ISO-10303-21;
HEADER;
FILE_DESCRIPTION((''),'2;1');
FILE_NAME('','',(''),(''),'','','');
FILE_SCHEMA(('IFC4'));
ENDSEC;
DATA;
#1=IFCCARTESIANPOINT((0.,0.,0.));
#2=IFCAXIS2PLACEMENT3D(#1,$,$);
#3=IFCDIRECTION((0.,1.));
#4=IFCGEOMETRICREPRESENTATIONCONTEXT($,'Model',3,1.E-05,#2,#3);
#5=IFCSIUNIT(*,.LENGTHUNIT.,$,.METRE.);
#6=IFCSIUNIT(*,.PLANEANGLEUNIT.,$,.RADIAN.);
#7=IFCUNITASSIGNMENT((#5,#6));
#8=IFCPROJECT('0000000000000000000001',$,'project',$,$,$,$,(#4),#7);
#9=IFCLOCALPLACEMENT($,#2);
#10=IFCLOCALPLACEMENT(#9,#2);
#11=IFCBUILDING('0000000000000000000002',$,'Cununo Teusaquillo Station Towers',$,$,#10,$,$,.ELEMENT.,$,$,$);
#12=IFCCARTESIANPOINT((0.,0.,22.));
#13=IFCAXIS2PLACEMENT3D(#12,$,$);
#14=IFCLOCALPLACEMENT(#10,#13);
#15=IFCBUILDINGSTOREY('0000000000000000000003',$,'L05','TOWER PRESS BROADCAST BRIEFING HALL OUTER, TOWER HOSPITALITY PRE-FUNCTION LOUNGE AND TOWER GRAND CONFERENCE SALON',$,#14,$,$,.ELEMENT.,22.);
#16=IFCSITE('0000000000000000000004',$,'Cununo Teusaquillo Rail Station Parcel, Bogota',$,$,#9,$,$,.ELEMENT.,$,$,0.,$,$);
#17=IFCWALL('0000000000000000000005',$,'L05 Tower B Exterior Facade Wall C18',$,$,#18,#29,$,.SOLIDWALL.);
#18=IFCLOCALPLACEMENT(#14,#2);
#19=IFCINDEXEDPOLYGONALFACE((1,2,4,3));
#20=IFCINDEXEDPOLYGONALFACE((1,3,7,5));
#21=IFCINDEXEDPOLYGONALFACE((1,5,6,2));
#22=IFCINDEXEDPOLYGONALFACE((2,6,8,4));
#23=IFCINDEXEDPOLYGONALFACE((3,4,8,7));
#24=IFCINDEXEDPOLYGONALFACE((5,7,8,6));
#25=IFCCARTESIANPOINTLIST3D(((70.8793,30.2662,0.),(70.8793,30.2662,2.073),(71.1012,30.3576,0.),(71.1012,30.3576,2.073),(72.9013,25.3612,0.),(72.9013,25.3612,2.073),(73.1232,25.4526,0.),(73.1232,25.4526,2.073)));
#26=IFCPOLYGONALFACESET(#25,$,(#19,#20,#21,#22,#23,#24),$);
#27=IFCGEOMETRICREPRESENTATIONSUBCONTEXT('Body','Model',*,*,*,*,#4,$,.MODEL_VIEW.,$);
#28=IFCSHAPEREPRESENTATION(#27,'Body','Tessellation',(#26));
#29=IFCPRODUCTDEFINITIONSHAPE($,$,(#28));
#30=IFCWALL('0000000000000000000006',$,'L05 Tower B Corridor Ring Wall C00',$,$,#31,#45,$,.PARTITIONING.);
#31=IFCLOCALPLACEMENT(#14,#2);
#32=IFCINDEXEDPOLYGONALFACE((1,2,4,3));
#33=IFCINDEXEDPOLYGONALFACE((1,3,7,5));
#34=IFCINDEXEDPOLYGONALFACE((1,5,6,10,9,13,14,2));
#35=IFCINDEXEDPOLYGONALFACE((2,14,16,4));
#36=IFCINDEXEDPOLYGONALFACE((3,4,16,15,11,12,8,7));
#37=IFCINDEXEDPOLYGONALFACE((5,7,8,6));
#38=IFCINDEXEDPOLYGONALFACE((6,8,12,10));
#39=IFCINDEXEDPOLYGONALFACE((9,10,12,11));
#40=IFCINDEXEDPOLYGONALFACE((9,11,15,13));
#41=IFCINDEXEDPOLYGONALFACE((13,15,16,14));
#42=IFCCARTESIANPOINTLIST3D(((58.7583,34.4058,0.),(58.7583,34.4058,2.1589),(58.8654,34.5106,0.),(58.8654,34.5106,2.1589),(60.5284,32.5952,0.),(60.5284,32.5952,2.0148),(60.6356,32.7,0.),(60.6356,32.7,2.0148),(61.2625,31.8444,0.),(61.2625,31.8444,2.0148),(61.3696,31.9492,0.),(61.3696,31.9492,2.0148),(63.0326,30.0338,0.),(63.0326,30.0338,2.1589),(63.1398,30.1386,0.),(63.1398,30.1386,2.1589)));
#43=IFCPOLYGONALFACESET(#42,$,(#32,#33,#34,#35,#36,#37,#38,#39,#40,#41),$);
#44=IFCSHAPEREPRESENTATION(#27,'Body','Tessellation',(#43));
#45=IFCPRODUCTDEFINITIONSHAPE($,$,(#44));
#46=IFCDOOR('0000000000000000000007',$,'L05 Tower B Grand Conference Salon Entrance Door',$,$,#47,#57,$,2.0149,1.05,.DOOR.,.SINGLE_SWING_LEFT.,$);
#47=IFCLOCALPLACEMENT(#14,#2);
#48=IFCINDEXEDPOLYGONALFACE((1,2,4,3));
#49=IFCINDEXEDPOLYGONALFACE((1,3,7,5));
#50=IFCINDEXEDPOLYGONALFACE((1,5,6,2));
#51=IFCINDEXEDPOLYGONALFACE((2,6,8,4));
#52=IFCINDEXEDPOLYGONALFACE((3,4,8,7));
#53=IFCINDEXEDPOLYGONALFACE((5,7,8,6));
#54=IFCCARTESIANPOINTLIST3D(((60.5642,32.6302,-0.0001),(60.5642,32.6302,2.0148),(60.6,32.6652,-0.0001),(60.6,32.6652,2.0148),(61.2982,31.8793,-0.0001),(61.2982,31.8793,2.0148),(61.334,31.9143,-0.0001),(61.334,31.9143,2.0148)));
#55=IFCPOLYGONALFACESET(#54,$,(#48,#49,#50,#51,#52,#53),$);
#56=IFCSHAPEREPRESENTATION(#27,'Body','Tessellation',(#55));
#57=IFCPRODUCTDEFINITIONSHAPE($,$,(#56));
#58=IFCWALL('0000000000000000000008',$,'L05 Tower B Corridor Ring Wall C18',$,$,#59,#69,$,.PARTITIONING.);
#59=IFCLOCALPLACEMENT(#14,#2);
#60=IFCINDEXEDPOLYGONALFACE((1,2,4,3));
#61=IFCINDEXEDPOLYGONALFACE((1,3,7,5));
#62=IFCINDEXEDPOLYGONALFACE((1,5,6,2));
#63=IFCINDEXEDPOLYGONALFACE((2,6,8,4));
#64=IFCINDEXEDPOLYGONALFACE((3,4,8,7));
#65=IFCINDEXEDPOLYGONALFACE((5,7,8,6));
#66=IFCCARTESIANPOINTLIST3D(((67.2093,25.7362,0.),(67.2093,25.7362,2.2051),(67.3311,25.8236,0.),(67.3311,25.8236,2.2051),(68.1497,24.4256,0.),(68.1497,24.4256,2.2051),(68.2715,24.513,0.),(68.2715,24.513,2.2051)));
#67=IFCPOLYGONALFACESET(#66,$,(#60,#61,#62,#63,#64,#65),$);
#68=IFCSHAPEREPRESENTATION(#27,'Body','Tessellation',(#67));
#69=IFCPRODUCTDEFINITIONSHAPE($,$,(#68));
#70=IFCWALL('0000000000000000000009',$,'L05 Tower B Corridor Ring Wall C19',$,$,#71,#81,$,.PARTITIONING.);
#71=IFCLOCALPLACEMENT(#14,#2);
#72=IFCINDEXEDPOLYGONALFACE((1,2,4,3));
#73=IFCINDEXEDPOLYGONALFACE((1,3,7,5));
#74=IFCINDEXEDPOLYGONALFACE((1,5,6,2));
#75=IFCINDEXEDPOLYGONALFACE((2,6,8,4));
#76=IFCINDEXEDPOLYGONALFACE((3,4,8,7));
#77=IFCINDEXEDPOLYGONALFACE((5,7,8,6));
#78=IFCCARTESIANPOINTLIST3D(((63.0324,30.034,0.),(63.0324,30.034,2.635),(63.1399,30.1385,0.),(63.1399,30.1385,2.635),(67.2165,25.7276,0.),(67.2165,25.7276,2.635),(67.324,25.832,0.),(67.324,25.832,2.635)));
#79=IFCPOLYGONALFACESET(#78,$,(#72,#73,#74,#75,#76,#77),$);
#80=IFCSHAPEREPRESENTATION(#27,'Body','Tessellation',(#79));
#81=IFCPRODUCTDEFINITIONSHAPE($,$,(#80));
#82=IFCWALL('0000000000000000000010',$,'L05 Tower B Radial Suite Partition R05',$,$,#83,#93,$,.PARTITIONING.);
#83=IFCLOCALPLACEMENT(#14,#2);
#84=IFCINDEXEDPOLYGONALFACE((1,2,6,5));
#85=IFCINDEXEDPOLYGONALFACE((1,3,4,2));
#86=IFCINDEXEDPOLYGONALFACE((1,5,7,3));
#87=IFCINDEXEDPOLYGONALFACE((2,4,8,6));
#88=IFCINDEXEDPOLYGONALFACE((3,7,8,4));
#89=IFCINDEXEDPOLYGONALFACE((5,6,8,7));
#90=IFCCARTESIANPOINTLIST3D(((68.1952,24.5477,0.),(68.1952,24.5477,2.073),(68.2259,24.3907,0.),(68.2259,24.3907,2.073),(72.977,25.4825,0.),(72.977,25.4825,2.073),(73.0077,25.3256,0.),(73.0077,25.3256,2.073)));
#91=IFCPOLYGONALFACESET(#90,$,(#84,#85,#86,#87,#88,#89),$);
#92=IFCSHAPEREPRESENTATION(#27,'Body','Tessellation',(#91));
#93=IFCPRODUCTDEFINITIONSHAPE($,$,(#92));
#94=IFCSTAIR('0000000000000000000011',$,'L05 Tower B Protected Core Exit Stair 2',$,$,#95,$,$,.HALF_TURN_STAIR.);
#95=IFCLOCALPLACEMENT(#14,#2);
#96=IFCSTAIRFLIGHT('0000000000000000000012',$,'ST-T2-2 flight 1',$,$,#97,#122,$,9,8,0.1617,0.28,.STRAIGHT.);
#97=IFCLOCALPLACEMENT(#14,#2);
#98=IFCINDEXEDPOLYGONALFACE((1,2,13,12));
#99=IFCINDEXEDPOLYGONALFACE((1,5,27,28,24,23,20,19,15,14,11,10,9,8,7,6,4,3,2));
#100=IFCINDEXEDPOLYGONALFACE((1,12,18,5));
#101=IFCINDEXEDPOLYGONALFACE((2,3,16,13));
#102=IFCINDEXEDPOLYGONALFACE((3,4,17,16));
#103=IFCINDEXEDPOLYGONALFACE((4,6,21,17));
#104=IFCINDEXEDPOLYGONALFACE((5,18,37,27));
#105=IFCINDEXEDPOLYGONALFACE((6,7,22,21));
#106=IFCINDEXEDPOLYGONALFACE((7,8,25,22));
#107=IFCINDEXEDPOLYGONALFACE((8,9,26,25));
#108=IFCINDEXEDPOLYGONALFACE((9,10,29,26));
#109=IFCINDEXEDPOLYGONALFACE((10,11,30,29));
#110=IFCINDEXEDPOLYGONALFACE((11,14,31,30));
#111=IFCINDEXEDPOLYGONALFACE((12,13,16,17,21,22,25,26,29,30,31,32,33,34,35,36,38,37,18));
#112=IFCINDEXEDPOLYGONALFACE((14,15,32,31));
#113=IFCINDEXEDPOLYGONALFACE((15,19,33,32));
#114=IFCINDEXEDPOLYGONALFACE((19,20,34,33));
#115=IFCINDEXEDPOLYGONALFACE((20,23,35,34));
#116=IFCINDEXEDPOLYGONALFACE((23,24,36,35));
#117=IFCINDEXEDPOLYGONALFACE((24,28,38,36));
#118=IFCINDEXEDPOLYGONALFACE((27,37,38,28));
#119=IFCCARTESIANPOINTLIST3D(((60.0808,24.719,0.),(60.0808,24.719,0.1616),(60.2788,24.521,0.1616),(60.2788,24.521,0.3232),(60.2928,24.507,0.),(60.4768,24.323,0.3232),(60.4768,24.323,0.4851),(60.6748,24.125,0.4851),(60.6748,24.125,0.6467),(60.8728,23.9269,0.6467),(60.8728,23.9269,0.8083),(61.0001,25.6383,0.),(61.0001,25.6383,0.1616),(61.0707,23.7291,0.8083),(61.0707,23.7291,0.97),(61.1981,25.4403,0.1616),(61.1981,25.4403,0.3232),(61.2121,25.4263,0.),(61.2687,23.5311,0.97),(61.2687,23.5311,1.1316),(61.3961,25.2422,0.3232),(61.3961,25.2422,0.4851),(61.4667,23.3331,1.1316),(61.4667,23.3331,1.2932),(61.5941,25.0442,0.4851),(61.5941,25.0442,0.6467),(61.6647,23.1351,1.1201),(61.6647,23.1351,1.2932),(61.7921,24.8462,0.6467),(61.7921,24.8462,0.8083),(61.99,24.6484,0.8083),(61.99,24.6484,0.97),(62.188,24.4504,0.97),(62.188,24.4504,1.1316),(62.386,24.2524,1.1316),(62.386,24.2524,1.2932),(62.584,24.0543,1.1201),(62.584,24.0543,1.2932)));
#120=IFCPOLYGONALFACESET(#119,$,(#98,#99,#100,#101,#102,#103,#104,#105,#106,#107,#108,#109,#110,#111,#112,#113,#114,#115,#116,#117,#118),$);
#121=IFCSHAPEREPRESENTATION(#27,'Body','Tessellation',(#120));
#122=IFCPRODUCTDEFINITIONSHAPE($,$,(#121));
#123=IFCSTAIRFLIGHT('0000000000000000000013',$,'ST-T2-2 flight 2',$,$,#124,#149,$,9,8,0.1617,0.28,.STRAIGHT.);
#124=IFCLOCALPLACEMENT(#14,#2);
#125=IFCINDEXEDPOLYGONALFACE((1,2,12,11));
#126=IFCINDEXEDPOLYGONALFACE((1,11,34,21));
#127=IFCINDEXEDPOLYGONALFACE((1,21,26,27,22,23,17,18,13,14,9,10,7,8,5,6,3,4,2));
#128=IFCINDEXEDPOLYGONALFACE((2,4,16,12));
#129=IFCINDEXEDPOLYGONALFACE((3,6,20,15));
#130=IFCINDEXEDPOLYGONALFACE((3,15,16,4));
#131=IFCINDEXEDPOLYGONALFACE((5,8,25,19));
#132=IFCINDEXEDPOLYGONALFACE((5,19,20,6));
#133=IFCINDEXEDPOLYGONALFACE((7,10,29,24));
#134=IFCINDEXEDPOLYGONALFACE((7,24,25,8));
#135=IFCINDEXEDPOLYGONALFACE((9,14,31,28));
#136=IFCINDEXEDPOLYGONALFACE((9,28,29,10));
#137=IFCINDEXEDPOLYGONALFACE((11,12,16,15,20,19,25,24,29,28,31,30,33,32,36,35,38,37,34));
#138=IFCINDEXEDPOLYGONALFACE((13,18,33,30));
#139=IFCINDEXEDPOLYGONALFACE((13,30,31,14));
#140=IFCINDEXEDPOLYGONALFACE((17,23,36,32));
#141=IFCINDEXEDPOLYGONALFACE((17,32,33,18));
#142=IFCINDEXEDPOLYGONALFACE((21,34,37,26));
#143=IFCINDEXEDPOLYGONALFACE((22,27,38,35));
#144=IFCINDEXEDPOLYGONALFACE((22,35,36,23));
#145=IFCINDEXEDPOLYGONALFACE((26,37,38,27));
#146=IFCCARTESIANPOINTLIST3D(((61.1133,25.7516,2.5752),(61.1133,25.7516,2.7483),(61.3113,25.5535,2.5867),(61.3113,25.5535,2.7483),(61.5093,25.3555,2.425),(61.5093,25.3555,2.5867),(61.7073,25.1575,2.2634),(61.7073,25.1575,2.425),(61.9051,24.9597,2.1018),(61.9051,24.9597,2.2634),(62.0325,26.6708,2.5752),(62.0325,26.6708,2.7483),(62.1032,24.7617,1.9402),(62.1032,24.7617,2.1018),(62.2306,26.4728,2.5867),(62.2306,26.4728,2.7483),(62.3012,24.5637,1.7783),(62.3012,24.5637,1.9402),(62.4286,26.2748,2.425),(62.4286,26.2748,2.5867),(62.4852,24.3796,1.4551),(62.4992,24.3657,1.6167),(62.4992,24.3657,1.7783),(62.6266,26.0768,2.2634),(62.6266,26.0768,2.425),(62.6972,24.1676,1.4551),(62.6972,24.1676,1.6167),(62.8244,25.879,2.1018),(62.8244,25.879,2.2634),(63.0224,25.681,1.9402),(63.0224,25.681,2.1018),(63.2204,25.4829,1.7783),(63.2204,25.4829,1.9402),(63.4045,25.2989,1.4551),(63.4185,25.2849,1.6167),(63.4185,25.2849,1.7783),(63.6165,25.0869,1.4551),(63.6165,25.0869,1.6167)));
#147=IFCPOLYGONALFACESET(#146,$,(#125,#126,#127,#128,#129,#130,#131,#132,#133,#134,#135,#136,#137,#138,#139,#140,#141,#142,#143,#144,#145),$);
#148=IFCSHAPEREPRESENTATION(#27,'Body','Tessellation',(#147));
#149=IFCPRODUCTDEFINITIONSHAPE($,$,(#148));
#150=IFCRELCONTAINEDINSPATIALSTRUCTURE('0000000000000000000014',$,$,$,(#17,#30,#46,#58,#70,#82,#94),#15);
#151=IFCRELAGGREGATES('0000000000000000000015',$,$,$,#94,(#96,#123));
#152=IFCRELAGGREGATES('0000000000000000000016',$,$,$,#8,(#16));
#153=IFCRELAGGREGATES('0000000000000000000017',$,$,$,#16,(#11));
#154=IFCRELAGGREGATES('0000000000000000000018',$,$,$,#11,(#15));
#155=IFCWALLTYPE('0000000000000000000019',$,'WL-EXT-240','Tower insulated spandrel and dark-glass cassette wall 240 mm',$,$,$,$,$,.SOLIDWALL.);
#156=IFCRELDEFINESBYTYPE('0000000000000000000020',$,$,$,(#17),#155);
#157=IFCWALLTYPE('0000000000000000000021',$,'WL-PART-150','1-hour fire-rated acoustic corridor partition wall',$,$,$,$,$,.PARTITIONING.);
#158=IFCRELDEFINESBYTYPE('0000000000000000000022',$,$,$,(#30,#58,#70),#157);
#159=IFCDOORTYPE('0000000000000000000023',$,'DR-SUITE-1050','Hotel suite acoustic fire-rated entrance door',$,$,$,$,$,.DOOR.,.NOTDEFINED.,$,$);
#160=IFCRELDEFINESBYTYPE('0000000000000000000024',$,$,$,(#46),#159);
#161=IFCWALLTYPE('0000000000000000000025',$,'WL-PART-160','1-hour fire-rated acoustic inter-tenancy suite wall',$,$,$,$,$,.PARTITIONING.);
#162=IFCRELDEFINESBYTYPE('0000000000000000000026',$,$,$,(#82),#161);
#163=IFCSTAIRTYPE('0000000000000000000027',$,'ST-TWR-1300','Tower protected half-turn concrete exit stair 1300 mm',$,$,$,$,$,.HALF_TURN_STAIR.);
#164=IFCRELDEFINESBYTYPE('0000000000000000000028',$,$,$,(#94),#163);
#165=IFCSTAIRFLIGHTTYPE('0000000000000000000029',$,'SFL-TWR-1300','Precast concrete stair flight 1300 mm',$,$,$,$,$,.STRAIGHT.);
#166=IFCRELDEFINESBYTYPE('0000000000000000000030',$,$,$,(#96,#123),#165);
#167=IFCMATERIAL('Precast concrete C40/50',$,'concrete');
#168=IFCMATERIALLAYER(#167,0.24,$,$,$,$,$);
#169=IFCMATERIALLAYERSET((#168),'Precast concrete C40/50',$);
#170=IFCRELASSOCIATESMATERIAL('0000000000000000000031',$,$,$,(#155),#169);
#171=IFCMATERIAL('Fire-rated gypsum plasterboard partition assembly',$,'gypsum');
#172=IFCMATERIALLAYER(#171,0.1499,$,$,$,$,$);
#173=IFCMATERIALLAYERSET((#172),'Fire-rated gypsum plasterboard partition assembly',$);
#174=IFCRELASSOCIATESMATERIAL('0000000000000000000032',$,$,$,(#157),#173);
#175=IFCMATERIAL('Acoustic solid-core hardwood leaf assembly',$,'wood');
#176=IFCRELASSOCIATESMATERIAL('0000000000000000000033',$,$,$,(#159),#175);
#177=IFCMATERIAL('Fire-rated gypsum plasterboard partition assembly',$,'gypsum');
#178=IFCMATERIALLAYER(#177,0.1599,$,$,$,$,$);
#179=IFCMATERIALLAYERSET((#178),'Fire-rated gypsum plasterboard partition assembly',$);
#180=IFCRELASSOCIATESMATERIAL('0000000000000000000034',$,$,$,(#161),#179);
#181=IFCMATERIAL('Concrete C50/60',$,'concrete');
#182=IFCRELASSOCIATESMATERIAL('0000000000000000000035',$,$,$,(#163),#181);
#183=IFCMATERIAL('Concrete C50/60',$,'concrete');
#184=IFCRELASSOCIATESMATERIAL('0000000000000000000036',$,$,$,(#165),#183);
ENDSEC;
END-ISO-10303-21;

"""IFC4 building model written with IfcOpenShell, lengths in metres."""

from ifc_helpers import new_model, si_unit, direction, frame, frame_2d, origin, place, context, subcontext, project, spatial, polyline, rectangle, outline, extrude, source, transform, mapped, material, layer, layer_set, type_object, element, fill, aggregate, save


model = new_model("IFC4")

# Units and contexts
model_context = context("Model", 3, precision=1e-05, world=origin(), true_north=direction((0.0, 1.0)))
body_context = subcontext(model_context, "Body", "Model", "MODEL_VIEW")
ifc_project = project(units=[si_unit("LENGTHUNIT", "METRE"), si_unit("PLANEANGLEUNIT", "RADIAN")], contexts=[model_context])

# Site, building, storey
site_placement = place(None, origin())
site = spatial("IfcSite", under=ifc_project, at=site_placement, Name="Cununo Teusaquillo Rail Station Parcel, Bogota", CompositionType="ELEMENT", RefElevation=0.0)
building_placement = place(site_placement, origin())
building = spatial("IfcBuilding", under=site, at=building_placement, Name="Cununo Teusaquillo Station Towers", CompositionType="ELEMENT")
storey_placement = place(building_placement, frame((0.0, 0.0, 22.0)))
storey = spatial("IfcBuildingStorey", under=building, at=storey_placement, Name="L05", Description="TOWER PRESS BROADCAST BRIEFING HALL OUTER, TOWER HOSPITALITY PRE-FUNCTION LOUNGE AND TOWER GRAND CONFERENCE SALON", CompositionType="ELEMENT", Elevation=22.0)

# Shared definitions
ifc_material_1 = material(Name="Precast concrete C40/50", Category="concrete")
ifc_layer_1 = layer(ifc_material_1, 0.24)
ifc_layer_set_1 = layer_set([ifc_layer_1], Name="Precast concrete C40/50")
wall_type_1 = type_object("IfcWallType", Name="WL-EXT-240", Description="Tower insulated spandrel and dark-glass cassette wall 240 mm", PredefinedType="SOLIDWALL", material=ifc_layer_set_1)

# Wall
wall_1_placement = place(storey_placement, frame((70.9902, 30.312, 0.0), z_axis=(0.0, 0.0, 1.0), x_axis=(0.381113, -0.924528, 0.0)))
element("IfcWall", 1, at=wall_1_placement, inside=storey, type_object=wall_type_1, Name="L05 Tower B Exterior Facade Wall C18", PredefinedType="SOLIDWALL", context=body_context, shape_type="SweptSolid", body=[
    extrude(rectangle(XDim=5.3054, YDim=0.24, at=frame_2d((2.6528, 0.0))), origin(), (0.0, 0.0, 1.0), 2.073),
])

# Wall, opening, door
ifc_material_2 = material(Name="Fire-rated gypsum plasterboard partition assembly", Category="gypsum")
ifc_layer_2 = layer(ifc_material_2, 0.1499)
ifc_layer_set_2 = layer_set([ifc_layer_2], Name="Fire-rated gypsum plasterboard partition assembly")
wall_type_2 = type_object("IfcWallType", Name="WL-PART-150", Description="1-hour fire-rated acoustic corridor partition wall", PredefinedType="PARTITIONING", material=ifc_layer_set_2)
wall_2_placement = place(storey_placement, frame((63.0862, 30.0862, 0.0), z_axis=(0.0, 0.0, 1.0), x_axis=(-0.699076, 0.715047, 0.0)))
wall_2 = element("IfcWall", 2, at=wall_2_placement, inside=storey, type_object=wall_type_2, Name="L05 Tower B Corridor Ring Wall C00", PredefinedType="PARTITIONING", context=body_context, shape_type="SweptSolid", body=[
    extrude(rectangle(XDim=6.1143, YDim=0.1499, at=frame_2d((3.0571, 0.0))), origin(), (0.0, 0.0, 1.0), 2.1589),
])
shared_shape_1 = source(origin(), body_context, "Body", "SweptSolid", [
    extrude(rectangle(XDim=1.05, YDim=2.0149, at=frame_2d((0.5249, 1.0073))), frame((0.0, 0.085, 0.0), z_axis=(0.0, -1.0, 0.0), x_axis=(1.0, 0.0, 0.0)), (0.0, 0.0, 1.0), 0.1699),
])
opening_1_placement = place(wall_2_placement, frame((2.5322, 0.0, 0.0)))
opening_1 = element("IfcOpeningElement", 3, at=opening_1_placement, cuts=wall_2, PredefinedType="OPENING", context=body_context, shape_type="MappedRepresentation", body=[
    mapped(shared_shape_1, transform((0.0, 0.0, 0.0), x_axis=(1.0, 0.0, 0.0), y_axis=(0.0, 1.0, 0.0), z_axis=(0.0, 0.0, 1.0), scale=1.0)),
])
ifc_material_3 = material(Name="Acoustic solid-core hardwood leaf assembly", Category="wood")
door_type = type_object("IfcDoorType", Name="DR-SUITE-1050", Description="Hotel suite acoustic fire-rated entrance door", OperationType="NOTDEFINED", PredefinedType="DOOR", material=ifc_material_3)
shared_shape_2 = source(origin(), body_context, "Body", "SweptSolid", [
    extrude(rectangle(XDim=1.05, YDim=2.0149, at=frame_2d((0.5249, 1.0073))), frame((0.0, 0.0249, 0.0), z_axis=(0.0, -1.0, 0.0), x_axis=(1.0, 0.0, 0.0)), (0.0, 0.0, 1.0), 0.05),
])
door_placement = place(opening_1_placement, origin())
door = element("IfcDoor", 4, at=door_placement, inside=storey, type_object=door_type, Name="L05 Tower B Grand Conference Salon Entrance Door", OperationType="SINGLE_SWING_LEFT", OverallHeight=2.0149, OverallWidth=1.05, PredefinedType="DOOR", context=body_context, shape_type="MappedRepresentation", body=[
    mapped(shared_shape_2, transform((0.0, 0.0, 0.0), x_axis=(1.0, 0.0, 0.0), y_axis=(0.0, 1.0, 0.0), z_axis=(0.0, 0.0, 1.0), scale=1.0)),
])
fill(opening_1, door)

# Walls
wall_3_placement = place(storey_placement, frame((68.2107, 24.4692, 0.0), z_axis=(0.0, 0.0, 1.0), x_axis=(-0.583012, 0.812463, 0.0)))
element("IfcWall", 5, at=wall_3_placement, inside=storey, type_object=wall_type_2, Name="L05 Tower B Corridor Ring Wall C18", PredefinedType="PARTITIONING", context=body_context, shape_type="SweptSolid", body=[
    extrude(rectangle(XDim=1.613, YDim=0.1499, at=frame_2d((0.8066, 0.0))), origin(), (0.0, 0.0, 1.0), 2.2051),
])
wall_4_placement = place(storey_placement, frame((67.2703, 25.7798, 0.0), z_axis=(0.0, 0.0, 1.0), x_axis=(-0.696848, 0.717219, 0.0)))
element("IfcWall", 6, at=wall_4_placement, inside=storey, type_object=wall_type_2, Name="L05 Tower B Corridor Ring Wall C19", PredefinedType="PARTITIONING", context=body_context, shape_type="SweptSolid", body=[
    extrude(rectangle(XDim=6.0044, YDim=0.1499, at=frame_2d((3.0022, 0.0))), origin(), (0.0, 0.0, 1.0), 2.635),
])
ifc_material_4 = material(Name="Fire-rated gypsum plasterboard partition assembly", Category="gypsum")
ifc_layer_3 = layer(ifc_material_4, 0.1599)
ifc_layer_set_3 = layer_set([ifc_layer_3], Name="Fire-rated gypsum plasterboard partition assembly")
wall_type_3 = type_object("IfcWallType", Name="WL-PART-160", Description="1-hour fire-rated acoustic inter-tenancy suite wall", PredefinedType="PARTITIONING", material=ifc_layer_set_3)
wall_5_placement = place(storey_placement, frame((68.2107, 24.4692, 0.0), z_axis=(0.0, 0.0, 1.0), x_axis=(0.981421, 0.191865, 0.0)))
element("IfcWall", 7, at=wall_5_placement, inside=storey, type_object=wall_type_3, Name="L05 Tower B Radial Suite Partition R05", PredefinedType="PARTITIONING", context=body_context, shape_type="SweptSolid", body=[
    extrude(rectangle(XDim=4.8723, YDim=0.1599, at=frame_2d((2.436, 0.0))), origin(), (0.0, 0.0, 1.0), 2.073),
])

# Stair, stair flights
ifc_material_5 = material(Name="Concrete C50/60", Category="concrete")
stair_type = type_object("IfcStairType", Name="ST-TWR-1300", Description="Tower protected half-turn concrete exit stair 1300 mm", PredefinedType="HALF_TURN_STAIR", material=ifc_material_5)
stair_placement = place(storey_placement, origin())
stair = element("IfcStair", 8, at=stair_placement, inside=storey, type_object=stair_type, Name="L05 Tower B Protected Core Exit Stair 2", PredefinedType="HALF_TURN_STAIR")
ifc_material_6 = material(Name="Concrete C50/60", Category="concrete")
stair_flight_type = type_object("IfcStairFlightType", Name="SFL-TWR-1300", Description="Precast concrete stair flight 1300 mm", PredefinedType="STRAIGHT", material=ifc_material_6)
stair_flight_1_placement = place(storey_placement, frame((60.5405, 25.1787, 0.0), z_axis=(0.0, 0.0, 1.0), x_axis=(0.707107, -0.707107, 0.0)))
stair_flight_1 = element("IfcStairFlight", 9, at=stair_flight_1_placement, type_object=stair_flight_type, Name="ST-T2-2 flight 1", NumberOfRisers=9, NumberOfTreads=8, PredefinedType="STRAIGHT", RiserHeight=0.1617, TreadLength=0.28, context=body_context, shape_type="SweptSolid", body=[
    extrude(outline(polyline([(0.0, 0.0), (0.0, 0.1616), (0.28, 0.1616), (0.28, 0.3232), (0.5601, 0.3232), (0.5601, 0.4851), (0.8401, 0.4851), (0.8401, 0.6467), (1.1201, 0.6467), (1.1201, 0.8083), (1.3999, 0.8083), (1.3999, 0.97), (1.6799, 0.97), (1.6799, 1.1316), (1.96, 1.1316), (1.96, 1.2932), (2.24, 1.2932), (2.24, 1.4551), (2.24, 1.1201), (0.2998, 0.0), (0.0, 0.0)])), frame((0.0, 0.6499, 0.0), z_axis=(0.0, -1.0, 0.0), x_axis=(1.0, 0.0, 0.0)), (0.0, 0.0, 1.0), 1.3),
])
stair_flight_2_placement = place(storey_placement, frame((63.1567, 24.6272, 1.4551), z_axis=(0.0, 0.0, 1.0), x_axis=(-0.707107, 0.707107, 0.0)))
stair_flight_2 = element("IfcStairFlight", 10, at=stair_flight_2_placement, type_object=stair_flight_type, Name="ST-T2-2 flight 2", NumberOfRisers=9, NumberOfTreads=8, PredefinedType="STRAIGHT", RiserHeight=0.1617, TreadLength=0.28, context=body_context, shape_type="SweptSolid", body=[
    extrude(outline(polyline([(0.0, 0.0), (0.0, 0.1616), (0.28, 0.1616), (0.28, 0.3232), (0.5601, 0.3232), (0.5601, 0.4851), (0.8401, 0.4851), (0.8401, 0.6467), (1.1201, 0.6467), (1.1201, 0.8083), (1.3999, 0.8083), (1.3999, 0.97), (1.6799, 0.97), (1.6799, 1.1316), (1.96, 1.1316), (1.96, 1.2932), (2.24, 1.2932), (2.24, 1.4551), (2.24, 1.1201), (0.2998, 0.0), (0.0, 0.0)])), frame((0.0, 0.6499, 0.0), z_axis=(0.0, -1.0, 0.0), x_axis=(1.0, 0.0, 0.0)), (0.0, 0.0, 1.0), 1.3),
])
aggregate(stair, [stair_flight_1, stair_flight_2])

save(model, "model.ifc")
